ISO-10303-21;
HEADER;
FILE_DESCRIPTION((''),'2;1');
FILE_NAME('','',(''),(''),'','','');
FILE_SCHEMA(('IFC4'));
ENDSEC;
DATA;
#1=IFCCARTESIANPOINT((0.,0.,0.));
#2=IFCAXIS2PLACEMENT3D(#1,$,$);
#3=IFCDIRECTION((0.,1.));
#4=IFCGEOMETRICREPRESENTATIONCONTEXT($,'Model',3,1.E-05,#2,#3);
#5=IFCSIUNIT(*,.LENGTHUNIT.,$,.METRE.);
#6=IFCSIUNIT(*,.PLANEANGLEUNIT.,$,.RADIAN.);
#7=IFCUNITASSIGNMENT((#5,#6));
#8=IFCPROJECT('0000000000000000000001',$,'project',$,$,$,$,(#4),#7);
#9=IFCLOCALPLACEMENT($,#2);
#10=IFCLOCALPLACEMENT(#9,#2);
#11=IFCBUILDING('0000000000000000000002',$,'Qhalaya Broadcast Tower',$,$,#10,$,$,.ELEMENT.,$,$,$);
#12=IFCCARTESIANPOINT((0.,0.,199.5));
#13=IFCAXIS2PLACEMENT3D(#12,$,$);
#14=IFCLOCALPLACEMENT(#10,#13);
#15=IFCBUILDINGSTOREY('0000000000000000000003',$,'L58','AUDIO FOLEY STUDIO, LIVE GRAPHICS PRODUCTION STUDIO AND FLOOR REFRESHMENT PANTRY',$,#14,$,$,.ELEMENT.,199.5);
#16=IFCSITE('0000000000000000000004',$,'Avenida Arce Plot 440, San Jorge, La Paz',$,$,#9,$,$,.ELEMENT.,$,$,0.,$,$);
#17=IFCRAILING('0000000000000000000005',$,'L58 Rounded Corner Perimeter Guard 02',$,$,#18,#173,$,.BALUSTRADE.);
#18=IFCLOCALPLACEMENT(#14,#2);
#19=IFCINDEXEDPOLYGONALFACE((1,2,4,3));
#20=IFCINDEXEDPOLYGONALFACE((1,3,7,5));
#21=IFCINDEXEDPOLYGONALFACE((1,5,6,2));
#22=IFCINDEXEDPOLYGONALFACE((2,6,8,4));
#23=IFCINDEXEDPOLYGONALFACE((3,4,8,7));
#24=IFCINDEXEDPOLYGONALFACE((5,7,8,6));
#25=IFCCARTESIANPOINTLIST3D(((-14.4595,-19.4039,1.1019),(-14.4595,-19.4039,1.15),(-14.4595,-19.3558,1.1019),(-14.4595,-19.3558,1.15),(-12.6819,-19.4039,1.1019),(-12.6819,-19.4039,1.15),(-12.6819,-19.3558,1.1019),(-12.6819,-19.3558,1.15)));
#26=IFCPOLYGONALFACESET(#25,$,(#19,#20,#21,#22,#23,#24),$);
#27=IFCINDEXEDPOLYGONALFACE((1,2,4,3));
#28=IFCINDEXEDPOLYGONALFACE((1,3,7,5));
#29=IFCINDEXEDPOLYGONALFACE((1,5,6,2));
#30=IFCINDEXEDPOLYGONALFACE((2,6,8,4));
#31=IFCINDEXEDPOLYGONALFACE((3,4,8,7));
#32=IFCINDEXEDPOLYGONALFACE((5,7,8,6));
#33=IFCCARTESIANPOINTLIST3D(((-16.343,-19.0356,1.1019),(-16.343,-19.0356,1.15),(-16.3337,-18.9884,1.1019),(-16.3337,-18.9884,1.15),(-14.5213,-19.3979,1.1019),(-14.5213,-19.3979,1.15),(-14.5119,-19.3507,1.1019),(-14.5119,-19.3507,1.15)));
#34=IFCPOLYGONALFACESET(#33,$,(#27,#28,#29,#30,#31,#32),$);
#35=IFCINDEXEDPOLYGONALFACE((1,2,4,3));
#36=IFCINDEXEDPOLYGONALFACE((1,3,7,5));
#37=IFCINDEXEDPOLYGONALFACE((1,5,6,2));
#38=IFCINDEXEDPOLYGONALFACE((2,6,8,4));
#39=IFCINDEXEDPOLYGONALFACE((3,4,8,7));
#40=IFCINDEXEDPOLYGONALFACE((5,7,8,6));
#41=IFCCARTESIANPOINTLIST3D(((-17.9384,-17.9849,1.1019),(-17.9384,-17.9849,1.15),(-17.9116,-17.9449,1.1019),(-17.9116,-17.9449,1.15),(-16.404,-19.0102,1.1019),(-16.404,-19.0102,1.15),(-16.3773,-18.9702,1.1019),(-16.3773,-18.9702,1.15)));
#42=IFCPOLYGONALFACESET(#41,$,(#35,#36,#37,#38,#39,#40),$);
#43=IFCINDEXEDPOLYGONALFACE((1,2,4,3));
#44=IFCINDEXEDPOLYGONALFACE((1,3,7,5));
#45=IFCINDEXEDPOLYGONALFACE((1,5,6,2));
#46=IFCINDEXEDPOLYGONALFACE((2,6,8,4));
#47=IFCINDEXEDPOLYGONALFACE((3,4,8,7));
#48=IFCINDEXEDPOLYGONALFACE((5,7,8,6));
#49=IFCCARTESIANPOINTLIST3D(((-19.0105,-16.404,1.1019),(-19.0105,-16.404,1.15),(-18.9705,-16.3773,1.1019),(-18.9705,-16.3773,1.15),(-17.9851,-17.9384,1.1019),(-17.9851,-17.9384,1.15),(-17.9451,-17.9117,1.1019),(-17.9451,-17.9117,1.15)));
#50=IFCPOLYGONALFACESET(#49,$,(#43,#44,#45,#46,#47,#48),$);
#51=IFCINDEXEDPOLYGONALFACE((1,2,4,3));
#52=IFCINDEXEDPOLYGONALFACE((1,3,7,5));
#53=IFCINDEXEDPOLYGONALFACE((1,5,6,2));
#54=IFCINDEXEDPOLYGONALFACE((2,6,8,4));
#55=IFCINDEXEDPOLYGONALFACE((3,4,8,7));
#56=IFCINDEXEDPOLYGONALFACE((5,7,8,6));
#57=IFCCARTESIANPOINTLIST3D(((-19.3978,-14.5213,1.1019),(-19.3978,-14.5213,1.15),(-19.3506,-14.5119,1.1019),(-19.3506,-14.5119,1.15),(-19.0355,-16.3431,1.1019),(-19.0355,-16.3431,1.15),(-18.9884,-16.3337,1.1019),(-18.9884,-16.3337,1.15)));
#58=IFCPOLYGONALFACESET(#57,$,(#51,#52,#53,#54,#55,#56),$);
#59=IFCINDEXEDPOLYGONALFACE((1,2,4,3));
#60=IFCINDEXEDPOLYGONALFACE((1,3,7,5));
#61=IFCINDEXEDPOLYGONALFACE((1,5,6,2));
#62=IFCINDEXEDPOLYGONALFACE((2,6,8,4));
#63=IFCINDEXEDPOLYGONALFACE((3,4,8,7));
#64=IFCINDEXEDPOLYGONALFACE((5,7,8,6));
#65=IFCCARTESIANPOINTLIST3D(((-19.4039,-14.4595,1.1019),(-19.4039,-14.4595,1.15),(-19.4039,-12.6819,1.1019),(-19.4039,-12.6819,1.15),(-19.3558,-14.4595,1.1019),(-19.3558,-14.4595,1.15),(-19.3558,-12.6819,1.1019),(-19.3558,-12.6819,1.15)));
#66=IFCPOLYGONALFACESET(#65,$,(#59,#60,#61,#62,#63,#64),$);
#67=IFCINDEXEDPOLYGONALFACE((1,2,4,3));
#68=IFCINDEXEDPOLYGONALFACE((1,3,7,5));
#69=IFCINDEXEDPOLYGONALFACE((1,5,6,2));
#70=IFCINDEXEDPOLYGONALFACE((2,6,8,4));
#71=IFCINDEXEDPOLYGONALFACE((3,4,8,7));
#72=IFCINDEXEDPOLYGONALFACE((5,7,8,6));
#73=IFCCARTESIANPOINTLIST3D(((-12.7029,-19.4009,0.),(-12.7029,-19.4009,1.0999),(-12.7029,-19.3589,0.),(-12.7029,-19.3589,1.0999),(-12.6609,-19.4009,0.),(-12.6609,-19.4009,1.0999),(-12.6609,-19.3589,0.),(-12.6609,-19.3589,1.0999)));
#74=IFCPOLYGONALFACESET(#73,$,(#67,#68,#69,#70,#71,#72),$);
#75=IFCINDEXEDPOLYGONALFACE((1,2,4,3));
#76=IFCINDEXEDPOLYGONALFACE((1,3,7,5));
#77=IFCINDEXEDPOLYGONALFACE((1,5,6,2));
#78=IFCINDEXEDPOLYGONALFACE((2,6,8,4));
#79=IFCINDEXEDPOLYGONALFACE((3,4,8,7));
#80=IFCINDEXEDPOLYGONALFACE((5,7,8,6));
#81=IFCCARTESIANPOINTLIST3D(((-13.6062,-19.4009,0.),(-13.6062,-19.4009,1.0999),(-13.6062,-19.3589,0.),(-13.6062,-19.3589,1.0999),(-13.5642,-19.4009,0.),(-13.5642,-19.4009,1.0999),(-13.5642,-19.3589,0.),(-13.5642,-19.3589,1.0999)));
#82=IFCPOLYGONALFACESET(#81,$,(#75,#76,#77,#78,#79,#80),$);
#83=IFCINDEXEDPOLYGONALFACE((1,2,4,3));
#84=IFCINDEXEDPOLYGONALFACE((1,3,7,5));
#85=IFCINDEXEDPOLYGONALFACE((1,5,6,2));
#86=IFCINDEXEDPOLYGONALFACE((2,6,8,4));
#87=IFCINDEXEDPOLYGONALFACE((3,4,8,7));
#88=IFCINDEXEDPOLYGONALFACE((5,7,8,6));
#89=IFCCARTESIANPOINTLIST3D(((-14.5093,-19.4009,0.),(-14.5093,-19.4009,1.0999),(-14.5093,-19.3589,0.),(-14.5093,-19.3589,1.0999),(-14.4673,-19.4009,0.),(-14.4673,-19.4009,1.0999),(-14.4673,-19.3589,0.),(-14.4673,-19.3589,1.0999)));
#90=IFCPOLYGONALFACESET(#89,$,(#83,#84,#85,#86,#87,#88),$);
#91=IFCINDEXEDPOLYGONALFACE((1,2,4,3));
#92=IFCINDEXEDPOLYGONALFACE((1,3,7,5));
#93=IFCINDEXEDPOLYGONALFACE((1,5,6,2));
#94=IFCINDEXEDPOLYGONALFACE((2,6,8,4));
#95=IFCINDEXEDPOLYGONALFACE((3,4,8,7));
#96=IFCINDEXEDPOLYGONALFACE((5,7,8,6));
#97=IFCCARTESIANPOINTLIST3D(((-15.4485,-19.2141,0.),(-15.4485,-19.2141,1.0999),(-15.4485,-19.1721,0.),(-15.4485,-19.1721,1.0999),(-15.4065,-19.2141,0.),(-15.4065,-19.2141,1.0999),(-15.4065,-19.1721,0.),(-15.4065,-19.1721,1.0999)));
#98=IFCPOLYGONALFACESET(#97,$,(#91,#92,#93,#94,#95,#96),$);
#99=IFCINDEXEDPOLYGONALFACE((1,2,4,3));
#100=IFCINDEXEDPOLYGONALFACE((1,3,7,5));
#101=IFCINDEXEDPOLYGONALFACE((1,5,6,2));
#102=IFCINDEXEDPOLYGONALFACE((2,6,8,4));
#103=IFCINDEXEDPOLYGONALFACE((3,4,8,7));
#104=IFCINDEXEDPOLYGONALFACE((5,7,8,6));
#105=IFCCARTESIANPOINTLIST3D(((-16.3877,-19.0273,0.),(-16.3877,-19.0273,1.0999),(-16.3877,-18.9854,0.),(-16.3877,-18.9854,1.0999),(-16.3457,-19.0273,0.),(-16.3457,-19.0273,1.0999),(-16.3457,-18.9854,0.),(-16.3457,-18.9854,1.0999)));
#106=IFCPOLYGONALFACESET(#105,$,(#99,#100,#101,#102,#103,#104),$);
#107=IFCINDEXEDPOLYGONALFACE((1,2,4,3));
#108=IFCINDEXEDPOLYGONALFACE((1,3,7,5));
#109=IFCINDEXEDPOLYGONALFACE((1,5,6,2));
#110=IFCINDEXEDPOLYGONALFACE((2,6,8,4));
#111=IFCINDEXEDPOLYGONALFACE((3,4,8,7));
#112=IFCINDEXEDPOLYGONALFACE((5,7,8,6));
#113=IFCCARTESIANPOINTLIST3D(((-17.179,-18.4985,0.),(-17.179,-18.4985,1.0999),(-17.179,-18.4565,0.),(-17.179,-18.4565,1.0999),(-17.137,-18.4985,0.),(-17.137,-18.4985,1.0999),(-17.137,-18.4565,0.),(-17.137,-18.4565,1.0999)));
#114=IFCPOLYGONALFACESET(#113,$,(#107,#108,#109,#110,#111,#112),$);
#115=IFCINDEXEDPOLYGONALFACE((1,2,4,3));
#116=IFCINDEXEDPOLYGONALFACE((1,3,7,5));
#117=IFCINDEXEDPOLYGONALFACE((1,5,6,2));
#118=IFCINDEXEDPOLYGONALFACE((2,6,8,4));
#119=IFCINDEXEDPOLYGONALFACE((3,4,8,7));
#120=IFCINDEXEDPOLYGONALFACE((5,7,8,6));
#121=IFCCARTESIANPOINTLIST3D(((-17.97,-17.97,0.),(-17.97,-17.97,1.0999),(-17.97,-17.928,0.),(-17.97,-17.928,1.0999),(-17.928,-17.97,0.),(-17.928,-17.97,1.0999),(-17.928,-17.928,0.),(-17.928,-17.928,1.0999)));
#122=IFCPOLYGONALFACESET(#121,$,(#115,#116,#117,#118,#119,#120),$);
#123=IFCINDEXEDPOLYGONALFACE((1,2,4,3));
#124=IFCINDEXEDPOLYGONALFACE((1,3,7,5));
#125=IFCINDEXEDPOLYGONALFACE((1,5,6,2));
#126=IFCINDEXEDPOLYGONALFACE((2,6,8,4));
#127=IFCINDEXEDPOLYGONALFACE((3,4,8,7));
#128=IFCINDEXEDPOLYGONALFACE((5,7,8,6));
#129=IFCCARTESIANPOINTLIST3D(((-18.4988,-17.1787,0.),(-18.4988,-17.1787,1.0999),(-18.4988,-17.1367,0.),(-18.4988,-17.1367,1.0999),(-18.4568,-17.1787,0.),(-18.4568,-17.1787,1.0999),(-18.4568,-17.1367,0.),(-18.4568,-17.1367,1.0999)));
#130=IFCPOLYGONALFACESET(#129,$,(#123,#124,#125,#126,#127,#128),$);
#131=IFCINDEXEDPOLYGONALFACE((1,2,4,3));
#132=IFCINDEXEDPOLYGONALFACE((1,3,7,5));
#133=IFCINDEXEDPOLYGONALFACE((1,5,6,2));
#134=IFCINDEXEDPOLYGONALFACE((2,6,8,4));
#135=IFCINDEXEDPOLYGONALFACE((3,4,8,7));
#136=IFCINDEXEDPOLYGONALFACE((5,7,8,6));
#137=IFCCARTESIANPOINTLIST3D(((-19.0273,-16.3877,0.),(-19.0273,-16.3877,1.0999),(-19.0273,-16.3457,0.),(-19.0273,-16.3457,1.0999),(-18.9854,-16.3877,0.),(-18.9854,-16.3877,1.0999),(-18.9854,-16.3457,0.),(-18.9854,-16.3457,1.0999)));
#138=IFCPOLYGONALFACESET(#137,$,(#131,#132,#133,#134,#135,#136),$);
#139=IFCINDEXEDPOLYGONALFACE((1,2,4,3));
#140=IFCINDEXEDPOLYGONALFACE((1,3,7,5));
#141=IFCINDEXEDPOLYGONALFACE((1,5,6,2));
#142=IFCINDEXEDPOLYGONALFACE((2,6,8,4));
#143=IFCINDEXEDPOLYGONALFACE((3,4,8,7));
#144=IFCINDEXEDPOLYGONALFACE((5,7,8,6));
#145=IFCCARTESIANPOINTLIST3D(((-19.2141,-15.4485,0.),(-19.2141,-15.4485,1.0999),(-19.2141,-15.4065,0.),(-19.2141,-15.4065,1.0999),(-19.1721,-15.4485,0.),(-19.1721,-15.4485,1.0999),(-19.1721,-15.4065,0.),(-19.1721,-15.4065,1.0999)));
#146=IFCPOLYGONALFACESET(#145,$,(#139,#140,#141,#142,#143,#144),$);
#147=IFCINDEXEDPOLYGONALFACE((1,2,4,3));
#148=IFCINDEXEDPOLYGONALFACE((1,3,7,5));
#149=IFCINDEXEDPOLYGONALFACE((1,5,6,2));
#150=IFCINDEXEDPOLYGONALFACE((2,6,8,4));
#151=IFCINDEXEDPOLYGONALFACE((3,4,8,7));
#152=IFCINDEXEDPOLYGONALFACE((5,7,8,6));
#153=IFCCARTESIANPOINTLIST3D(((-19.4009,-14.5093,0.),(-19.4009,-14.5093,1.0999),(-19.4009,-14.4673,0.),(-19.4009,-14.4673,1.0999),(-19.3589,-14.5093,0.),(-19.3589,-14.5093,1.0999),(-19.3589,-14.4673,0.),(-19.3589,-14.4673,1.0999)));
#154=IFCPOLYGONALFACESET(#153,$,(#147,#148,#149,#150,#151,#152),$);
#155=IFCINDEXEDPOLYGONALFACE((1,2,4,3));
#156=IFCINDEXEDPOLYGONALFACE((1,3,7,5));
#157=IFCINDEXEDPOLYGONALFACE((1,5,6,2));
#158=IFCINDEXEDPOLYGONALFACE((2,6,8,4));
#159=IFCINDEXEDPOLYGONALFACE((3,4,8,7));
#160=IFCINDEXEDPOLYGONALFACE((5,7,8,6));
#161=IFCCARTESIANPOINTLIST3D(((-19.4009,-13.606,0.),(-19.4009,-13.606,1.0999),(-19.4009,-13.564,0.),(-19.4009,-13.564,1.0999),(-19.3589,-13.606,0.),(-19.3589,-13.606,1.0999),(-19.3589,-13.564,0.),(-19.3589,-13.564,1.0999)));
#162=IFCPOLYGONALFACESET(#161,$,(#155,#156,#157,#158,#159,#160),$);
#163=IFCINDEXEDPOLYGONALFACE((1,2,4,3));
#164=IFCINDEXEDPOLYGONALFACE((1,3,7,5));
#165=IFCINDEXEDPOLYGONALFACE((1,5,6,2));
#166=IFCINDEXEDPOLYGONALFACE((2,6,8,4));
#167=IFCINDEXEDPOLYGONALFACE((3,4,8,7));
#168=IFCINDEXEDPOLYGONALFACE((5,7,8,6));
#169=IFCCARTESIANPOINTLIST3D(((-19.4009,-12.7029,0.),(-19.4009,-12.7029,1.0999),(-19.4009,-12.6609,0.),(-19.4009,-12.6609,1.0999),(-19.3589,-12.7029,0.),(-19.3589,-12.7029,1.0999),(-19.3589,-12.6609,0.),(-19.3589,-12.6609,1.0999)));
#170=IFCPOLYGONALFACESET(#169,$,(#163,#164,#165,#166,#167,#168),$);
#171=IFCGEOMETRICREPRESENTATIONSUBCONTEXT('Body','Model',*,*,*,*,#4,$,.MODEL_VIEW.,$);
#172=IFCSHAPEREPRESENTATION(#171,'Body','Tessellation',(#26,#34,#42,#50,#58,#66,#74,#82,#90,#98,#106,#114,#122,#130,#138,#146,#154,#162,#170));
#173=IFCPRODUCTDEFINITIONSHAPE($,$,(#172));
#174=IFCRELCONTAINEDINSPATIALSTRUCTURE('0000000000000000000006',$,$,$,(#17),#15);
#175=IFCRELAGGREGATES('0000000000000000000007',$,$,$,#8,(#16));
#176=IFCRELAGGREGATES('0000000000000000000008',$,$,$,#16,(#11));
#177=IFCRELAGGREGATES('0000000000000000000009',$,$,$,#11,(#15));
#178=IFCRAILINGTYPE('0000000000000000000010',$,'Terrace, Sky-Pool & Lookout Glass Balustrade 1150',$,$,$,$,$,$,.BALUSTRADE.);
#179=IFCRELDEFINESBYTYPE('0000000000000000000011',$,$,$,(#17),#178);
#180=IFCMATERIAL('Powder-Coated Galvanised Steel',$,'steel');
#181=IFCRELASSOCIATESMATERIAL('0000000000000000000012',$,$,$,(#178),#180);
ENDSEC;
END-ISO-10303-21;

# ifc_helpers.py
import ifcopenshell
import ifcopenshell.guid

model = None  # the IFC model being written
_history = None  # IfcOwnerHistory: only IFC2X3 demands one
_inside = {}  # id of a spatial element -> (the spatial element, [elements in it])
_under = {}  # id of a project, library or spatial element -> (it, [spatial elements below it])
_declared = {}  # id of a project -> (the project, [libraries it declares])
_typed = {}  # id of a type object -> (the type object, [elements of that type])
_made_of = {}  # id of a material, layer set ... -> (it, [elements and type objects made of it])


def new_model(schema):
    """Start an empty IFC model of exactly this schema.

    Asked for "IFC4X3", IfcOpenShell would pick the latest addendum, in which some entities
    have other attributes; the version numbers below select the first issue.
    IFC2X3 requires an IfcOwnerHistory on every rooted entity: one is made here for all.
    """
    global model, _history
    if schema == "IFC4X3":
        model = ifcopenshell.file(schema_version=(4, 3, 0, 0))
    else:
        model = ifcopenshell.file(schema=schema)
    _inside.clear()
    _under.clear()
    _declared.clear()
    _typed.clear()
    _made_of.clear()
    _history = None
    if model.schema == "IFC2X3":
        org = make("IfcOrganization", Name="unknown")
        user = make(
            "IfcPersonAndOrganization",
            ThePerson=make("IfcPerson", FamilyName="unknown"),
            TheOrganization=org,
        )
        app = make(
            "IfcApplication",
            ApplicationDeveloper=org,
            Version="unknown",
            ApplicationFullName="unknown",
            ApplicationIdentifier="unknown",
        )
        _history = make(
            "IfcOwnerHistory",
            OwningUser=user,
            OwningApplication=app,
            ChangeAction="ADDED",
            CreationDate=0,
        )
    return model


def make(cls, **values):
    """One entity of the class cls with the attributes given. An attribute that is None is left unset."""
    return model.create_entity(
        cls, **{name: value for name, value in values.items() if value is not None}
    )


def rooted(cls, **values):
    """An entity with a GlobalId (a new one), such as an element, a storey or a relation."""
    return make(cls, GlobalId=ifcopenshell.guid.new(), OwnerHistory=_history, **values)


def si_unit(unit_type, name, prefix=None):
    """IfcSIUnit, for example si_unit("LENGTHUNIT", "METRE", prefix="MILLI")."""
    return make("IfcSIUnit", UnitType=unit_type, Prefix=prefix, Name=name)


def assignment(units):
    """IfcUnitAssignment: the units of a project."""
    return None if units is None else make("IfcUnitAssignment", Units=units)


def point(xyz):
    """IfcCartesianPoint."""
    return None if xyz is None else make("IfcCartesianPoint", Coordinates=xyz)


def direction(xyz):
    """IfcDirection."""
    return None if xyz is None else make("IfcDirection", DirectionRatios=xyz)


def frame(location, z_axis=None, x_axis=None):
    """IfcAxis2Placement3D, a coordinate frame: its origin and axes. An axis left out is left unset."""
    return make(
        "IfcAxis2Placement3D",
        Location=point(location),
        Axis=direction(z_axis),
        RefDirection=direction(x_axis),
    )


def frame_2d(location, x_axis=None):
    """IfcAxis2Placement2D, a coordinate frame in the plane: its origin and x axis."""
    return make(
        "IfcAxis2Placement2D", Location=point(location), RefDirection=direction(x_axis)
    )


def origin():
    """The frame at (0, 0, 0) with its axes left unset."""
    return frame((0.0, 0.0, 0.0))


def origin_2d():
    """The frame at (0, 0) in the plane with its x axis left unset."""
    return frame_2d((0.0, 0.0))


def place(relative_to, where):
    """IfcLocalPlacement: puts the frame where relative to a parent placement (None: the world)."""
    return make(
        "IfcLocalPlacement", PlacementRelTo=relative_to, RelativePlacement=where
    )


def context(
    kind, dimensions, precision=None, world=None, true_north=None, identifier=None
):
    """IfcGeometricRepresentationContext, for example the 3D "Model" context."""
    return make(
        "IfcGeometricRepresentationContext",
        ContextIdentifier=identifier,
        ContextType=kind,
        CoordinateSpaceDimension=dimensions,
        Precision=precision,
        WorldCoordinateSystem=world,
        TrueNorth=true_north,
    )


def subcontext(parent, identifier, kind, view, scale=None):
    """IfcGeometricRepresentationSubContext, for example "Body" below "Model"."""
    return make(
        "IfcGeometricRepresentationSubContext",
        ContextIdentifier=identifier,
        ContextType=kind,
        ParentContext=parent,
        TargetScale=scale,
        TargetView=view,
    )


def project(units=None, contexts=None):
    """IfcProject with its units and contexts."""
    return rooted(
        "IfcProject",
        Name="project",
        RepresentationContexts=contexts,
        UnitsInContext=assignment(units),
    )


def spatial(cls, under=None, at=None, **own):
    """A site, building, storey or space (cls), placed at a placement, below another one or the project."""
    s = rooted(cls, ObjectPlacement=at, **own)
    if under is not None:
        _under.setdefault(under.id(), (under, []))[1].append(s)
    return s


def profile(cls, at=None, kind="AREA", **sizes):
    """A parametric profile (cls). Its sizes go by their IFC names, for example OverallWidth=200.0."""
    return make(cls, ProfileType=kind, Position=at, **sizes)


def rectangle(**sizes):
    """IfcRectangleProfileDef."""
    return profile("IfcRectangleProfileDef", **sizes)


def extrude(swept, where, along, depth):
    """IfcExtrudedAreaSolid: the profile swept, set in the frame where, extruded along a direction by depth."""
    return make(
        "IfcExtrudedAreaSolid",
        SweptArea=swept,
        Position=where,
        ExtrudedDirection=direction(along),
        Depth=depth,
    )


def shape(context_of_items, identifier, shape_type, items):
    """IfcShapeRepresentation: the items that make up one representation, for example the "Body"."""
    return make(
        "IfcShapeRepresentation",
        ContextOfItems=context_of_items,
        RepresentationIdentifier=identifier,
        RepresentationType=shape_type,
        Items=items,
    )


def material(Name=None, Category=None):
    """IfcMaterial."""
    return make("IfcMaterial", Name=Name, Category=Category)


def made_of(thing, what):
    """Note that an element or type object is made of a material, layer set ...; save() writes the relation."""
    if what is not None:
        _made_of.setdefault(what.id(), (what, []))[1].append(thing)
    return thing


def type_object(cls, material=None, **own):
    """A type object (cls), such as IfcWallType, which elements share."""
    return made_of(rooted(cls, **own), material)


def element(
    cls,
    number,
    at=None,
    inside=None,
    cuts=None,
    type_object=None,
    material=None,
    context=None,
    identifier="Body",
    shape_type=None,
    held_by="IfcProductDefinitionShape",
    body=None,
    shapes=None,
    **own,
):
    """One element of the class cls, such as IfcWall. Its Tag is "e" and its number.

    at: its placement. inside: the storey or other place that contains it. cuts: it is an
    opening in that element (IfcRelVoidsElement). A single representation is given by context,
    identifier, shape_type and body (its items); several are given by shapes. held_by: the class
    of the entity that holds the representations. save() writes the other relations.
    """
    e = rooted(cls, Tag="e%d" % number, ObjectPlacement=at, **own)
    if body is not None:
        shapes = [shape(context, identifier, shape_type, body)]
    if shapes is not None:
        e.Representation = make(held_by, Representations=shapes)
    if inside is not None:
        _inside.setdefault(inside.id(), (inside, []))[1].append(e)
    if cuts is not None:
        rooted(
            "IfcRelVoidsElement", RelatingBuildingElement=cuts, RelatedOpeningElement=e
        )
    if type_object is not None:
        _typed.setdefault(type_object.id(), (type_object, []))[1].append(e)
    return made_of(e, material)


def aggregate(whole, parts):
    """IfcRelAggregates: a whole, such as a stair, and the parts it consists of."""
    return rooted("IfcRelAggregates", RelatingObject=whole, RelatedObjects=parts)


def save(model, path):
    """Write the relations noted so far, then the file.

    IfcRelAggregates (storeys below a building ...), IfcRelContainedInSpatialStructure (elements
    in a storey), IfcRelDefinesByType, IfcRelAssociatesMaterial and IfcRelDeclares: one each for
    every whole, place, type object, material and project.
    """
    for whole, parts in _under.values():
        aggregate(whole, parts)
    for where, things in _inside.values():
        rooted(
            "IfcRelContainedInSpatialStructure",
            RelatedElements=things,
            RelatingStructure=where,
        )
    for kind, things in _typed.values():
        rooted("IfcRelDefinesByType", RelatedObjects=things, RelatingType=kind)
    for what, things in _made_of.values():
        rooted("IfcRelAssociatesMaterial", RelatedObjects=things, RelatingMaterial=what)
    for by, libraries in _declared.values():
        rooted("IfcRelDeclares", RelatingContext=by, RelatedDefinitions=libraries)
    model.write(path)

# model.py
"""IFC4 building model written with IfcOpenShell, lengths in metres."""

from ifc_helpers import new_model, si_unit, direction, frame, origin, origin_2d, place, context, subcontext, project, spatial, rectangle, extrude, material, type_object, element, save


model = new_model("IFC4")

# Units and contexts
model_context = context("Model", 3, precision=1e-05, world=origin(), true_north=direction((0.0, 1.0)))
body_context = subcontext(model_context, "Body", "Model", "MODEL_VIEW")
ifc_project = project(units=[si_unit("LENGTHUNIT", "METRE"), si_unit("PLANEANGLEUNIT", "RADIAN")], contexts=[model_context])

# Site, building, storey
site_placement = place(None, origin())
site = spatial("IfcSite", under=ifc_project, at=site_placement, Name="Avenida Arce Plot 440, San Jorge, La Paz", CompositionType="ELEMENT", RefElevation=0.0)
building_placement = place(site_placement, origin())
building = spatial("IfcBuilding", under=site, at=building_placement, Name="Qhalaya Broadcast Tower", CompositionType="ELEMENT")
storey_placement = place(building_placement, frame((0.0, 0.0, 199.5)))
storey = spatial("IfcBuildingStorey", under=building, at=storey_placement, Name="L58", Description="AUDIO FOLEY STUDIO, LIVE GRAPHICS PRODUCTION STUDIO AND FLOOR REFRESHMENT PANTRY", CompositionType="ELEMENT", Elevation=199.5)

# Railing
ifc_material_1 = material(Name="Powder-Coated Galvanised Steel", Category="steel")
railing_type = type_object("IfcRailingType", Name="Terrace, Sky-Pool & Lookout Glass Balustrade 1150", PredefinedType="BALUSTRADE", material=ifc_material_1)
railing_placement = place(storey_placement, frame((-12.6819, -19.3799, 0.0)))
element("IfcRailing", 1, at=railing_placement, inside=storey, type_object=railing_type, Name="L58 Rounded Corner Perimeter Guard 02", PredefinedType="BALUSTRADE", context=body_context, shape_type="SweptSolid", body=[
    extrude(rectangle(XDim=0.0481, YDim=0.0481, at=origin_2d()), frame((0.0, 0.0, 1.126), z_axis=(-1.0, 0.0, 0.0), x_axis=(0.0, -1.0, 0.0)), (0.0, 0.0, 1.0), 1.7776),
    extrude(rectangle(XDim=0.0481, YDim=0.0481, at=origin_2d()), frame((-1.8347, 0.0056, 1.126), z_axis=(-0.980796, 0.195037, 0.0), x_axis=(-0.195037, -0.980796, 0.0)), (0.0, 0.0, 1.0), 1.8574),
    extrude(rectangle(XDim=0.0481, YDim=0.0481, at=origin_2d()), frame((-3.7087, 0.3896, 1.126), z_axis=(-0.831438, 0.555618, 0.0), x_axis=(-0.555618, -0.831438, 0.0)), (0.0, 0.0, 1.0), 1.8455),
    extrude(rectangle(XDim=0.0481, YDim=0.0481, at=origin_2d()), frame((-5.2832, 1.4548, 1.126), z_axis=(-0.555618, 0.831438, 0.0), x_axis=(-0.831438, -0.555618, 0.0)), (0.0, 0.0, 1.0), 1.8455),
    extrude(rectangle(XDim=0.0481, YDim=0.0481, at=origin_2d()), frame((-6.3301, 3.0415, 1.126), z_axis=(-0.195037, 0.980796, 0.0), x_axis=(-0.980796, -0.195037, 0.0)), (0.0, 0.0, 1.0), 1.8574),
    extrude(rectangle(XDim=0.0481, YDim=0.0481, at=origin_2d()), frame((-6.698, 4.9204, 1.126), z_axis=(0.0, 1.0, 0.0), x_axis=(-1.0, 0.0, 0.0)), (0.0, 0.0, 1.0), 1.7776),
    extrude(rectangle(XDim=0.042, YDim=0.042, at=origin_2d()), origin(), (0.0, 0.0, 1.0), 1.0999),
    extrude(rectangle(XDim=0.042, YDim=0.042, at=origin_2d()), frame((-0.9033, 0.0, 0.0)), (0.0, 0.0, 1.0), 1.0999),
    extrude(rectangle(XDim=0.042, YDim=0.042, at=origin_2d()), frame((-1.8064, 0.0, 0.0)), (0.0, 0.0, 1.0), 1.0999),
    extrude(rectangle(XDim=0.042, YDim=0.042, at=origin_2d()), frame((-2.7456, 0.1868, 0.0)), (0.0, 0.0, 1.0), 1.0999),
    extrude(rectangle(XDim=0.042, YDim=0.042, at=origin_2d()), frame((-3.6848, 0.3735, 0.0)), (0.0, 0.0, 1.0), 1.0999),
    extrude(rectangle(XDim=0.042, YDim=0.042, at=origin_2d()), frame((-4.4761, 0.9023, 0.0)), (0.0, 0.0, 1.0), 1.0999),
    extrude(rectangle(XDim=0.042, YDim=0.042, at=origin_2d()), frame((-5.2671, 1.4309, 0.0)), (0.0, 0.0, 1.0), 1.0999),
    extrude(rectangle(XDim=0.042, YDim=0.042, at=origin_2d()), frame((-5.7959, 2.2222, 0.0)), (0.0, 0.0, 1.0), 1.0999),
    extrude(rectangle(XDim=0.042, YDim=0.042, at=origin_2d()), frame((-6.3245, 3.0132, 0.0)), (0.0, 0.0, 1.0), 1.0999),
    extrude(rectangle(XDim=0.042, YDim=0.042, at=origin_2d()), frame((-6.5112, 3.9524, 0.0)), (0.0, 0.0, 1.0), 1.0999),
    extrude(rectangle(XDim=0.042, YDim=0.042, at=origin_2d()), frame((-6.698, 4.8916, 0.0)), (0.0, 0.0, 1.0), 1.0999),
    extrude(rectangle(XDim=0.042, YDim=0.042, at=origin_2d()), frame((-6.698, 5.7949, 0.0)), (0.0, 0.0, 1.0), 1.0999),
    extrude(rectangle(XDim=0.042, YDim=0.042, at=origin_2d()), frame((-6.698, 6.698, 0.0)), (0.0, 0.0, 1.0), 1.0999),
])

save(model, "model.ifc")
